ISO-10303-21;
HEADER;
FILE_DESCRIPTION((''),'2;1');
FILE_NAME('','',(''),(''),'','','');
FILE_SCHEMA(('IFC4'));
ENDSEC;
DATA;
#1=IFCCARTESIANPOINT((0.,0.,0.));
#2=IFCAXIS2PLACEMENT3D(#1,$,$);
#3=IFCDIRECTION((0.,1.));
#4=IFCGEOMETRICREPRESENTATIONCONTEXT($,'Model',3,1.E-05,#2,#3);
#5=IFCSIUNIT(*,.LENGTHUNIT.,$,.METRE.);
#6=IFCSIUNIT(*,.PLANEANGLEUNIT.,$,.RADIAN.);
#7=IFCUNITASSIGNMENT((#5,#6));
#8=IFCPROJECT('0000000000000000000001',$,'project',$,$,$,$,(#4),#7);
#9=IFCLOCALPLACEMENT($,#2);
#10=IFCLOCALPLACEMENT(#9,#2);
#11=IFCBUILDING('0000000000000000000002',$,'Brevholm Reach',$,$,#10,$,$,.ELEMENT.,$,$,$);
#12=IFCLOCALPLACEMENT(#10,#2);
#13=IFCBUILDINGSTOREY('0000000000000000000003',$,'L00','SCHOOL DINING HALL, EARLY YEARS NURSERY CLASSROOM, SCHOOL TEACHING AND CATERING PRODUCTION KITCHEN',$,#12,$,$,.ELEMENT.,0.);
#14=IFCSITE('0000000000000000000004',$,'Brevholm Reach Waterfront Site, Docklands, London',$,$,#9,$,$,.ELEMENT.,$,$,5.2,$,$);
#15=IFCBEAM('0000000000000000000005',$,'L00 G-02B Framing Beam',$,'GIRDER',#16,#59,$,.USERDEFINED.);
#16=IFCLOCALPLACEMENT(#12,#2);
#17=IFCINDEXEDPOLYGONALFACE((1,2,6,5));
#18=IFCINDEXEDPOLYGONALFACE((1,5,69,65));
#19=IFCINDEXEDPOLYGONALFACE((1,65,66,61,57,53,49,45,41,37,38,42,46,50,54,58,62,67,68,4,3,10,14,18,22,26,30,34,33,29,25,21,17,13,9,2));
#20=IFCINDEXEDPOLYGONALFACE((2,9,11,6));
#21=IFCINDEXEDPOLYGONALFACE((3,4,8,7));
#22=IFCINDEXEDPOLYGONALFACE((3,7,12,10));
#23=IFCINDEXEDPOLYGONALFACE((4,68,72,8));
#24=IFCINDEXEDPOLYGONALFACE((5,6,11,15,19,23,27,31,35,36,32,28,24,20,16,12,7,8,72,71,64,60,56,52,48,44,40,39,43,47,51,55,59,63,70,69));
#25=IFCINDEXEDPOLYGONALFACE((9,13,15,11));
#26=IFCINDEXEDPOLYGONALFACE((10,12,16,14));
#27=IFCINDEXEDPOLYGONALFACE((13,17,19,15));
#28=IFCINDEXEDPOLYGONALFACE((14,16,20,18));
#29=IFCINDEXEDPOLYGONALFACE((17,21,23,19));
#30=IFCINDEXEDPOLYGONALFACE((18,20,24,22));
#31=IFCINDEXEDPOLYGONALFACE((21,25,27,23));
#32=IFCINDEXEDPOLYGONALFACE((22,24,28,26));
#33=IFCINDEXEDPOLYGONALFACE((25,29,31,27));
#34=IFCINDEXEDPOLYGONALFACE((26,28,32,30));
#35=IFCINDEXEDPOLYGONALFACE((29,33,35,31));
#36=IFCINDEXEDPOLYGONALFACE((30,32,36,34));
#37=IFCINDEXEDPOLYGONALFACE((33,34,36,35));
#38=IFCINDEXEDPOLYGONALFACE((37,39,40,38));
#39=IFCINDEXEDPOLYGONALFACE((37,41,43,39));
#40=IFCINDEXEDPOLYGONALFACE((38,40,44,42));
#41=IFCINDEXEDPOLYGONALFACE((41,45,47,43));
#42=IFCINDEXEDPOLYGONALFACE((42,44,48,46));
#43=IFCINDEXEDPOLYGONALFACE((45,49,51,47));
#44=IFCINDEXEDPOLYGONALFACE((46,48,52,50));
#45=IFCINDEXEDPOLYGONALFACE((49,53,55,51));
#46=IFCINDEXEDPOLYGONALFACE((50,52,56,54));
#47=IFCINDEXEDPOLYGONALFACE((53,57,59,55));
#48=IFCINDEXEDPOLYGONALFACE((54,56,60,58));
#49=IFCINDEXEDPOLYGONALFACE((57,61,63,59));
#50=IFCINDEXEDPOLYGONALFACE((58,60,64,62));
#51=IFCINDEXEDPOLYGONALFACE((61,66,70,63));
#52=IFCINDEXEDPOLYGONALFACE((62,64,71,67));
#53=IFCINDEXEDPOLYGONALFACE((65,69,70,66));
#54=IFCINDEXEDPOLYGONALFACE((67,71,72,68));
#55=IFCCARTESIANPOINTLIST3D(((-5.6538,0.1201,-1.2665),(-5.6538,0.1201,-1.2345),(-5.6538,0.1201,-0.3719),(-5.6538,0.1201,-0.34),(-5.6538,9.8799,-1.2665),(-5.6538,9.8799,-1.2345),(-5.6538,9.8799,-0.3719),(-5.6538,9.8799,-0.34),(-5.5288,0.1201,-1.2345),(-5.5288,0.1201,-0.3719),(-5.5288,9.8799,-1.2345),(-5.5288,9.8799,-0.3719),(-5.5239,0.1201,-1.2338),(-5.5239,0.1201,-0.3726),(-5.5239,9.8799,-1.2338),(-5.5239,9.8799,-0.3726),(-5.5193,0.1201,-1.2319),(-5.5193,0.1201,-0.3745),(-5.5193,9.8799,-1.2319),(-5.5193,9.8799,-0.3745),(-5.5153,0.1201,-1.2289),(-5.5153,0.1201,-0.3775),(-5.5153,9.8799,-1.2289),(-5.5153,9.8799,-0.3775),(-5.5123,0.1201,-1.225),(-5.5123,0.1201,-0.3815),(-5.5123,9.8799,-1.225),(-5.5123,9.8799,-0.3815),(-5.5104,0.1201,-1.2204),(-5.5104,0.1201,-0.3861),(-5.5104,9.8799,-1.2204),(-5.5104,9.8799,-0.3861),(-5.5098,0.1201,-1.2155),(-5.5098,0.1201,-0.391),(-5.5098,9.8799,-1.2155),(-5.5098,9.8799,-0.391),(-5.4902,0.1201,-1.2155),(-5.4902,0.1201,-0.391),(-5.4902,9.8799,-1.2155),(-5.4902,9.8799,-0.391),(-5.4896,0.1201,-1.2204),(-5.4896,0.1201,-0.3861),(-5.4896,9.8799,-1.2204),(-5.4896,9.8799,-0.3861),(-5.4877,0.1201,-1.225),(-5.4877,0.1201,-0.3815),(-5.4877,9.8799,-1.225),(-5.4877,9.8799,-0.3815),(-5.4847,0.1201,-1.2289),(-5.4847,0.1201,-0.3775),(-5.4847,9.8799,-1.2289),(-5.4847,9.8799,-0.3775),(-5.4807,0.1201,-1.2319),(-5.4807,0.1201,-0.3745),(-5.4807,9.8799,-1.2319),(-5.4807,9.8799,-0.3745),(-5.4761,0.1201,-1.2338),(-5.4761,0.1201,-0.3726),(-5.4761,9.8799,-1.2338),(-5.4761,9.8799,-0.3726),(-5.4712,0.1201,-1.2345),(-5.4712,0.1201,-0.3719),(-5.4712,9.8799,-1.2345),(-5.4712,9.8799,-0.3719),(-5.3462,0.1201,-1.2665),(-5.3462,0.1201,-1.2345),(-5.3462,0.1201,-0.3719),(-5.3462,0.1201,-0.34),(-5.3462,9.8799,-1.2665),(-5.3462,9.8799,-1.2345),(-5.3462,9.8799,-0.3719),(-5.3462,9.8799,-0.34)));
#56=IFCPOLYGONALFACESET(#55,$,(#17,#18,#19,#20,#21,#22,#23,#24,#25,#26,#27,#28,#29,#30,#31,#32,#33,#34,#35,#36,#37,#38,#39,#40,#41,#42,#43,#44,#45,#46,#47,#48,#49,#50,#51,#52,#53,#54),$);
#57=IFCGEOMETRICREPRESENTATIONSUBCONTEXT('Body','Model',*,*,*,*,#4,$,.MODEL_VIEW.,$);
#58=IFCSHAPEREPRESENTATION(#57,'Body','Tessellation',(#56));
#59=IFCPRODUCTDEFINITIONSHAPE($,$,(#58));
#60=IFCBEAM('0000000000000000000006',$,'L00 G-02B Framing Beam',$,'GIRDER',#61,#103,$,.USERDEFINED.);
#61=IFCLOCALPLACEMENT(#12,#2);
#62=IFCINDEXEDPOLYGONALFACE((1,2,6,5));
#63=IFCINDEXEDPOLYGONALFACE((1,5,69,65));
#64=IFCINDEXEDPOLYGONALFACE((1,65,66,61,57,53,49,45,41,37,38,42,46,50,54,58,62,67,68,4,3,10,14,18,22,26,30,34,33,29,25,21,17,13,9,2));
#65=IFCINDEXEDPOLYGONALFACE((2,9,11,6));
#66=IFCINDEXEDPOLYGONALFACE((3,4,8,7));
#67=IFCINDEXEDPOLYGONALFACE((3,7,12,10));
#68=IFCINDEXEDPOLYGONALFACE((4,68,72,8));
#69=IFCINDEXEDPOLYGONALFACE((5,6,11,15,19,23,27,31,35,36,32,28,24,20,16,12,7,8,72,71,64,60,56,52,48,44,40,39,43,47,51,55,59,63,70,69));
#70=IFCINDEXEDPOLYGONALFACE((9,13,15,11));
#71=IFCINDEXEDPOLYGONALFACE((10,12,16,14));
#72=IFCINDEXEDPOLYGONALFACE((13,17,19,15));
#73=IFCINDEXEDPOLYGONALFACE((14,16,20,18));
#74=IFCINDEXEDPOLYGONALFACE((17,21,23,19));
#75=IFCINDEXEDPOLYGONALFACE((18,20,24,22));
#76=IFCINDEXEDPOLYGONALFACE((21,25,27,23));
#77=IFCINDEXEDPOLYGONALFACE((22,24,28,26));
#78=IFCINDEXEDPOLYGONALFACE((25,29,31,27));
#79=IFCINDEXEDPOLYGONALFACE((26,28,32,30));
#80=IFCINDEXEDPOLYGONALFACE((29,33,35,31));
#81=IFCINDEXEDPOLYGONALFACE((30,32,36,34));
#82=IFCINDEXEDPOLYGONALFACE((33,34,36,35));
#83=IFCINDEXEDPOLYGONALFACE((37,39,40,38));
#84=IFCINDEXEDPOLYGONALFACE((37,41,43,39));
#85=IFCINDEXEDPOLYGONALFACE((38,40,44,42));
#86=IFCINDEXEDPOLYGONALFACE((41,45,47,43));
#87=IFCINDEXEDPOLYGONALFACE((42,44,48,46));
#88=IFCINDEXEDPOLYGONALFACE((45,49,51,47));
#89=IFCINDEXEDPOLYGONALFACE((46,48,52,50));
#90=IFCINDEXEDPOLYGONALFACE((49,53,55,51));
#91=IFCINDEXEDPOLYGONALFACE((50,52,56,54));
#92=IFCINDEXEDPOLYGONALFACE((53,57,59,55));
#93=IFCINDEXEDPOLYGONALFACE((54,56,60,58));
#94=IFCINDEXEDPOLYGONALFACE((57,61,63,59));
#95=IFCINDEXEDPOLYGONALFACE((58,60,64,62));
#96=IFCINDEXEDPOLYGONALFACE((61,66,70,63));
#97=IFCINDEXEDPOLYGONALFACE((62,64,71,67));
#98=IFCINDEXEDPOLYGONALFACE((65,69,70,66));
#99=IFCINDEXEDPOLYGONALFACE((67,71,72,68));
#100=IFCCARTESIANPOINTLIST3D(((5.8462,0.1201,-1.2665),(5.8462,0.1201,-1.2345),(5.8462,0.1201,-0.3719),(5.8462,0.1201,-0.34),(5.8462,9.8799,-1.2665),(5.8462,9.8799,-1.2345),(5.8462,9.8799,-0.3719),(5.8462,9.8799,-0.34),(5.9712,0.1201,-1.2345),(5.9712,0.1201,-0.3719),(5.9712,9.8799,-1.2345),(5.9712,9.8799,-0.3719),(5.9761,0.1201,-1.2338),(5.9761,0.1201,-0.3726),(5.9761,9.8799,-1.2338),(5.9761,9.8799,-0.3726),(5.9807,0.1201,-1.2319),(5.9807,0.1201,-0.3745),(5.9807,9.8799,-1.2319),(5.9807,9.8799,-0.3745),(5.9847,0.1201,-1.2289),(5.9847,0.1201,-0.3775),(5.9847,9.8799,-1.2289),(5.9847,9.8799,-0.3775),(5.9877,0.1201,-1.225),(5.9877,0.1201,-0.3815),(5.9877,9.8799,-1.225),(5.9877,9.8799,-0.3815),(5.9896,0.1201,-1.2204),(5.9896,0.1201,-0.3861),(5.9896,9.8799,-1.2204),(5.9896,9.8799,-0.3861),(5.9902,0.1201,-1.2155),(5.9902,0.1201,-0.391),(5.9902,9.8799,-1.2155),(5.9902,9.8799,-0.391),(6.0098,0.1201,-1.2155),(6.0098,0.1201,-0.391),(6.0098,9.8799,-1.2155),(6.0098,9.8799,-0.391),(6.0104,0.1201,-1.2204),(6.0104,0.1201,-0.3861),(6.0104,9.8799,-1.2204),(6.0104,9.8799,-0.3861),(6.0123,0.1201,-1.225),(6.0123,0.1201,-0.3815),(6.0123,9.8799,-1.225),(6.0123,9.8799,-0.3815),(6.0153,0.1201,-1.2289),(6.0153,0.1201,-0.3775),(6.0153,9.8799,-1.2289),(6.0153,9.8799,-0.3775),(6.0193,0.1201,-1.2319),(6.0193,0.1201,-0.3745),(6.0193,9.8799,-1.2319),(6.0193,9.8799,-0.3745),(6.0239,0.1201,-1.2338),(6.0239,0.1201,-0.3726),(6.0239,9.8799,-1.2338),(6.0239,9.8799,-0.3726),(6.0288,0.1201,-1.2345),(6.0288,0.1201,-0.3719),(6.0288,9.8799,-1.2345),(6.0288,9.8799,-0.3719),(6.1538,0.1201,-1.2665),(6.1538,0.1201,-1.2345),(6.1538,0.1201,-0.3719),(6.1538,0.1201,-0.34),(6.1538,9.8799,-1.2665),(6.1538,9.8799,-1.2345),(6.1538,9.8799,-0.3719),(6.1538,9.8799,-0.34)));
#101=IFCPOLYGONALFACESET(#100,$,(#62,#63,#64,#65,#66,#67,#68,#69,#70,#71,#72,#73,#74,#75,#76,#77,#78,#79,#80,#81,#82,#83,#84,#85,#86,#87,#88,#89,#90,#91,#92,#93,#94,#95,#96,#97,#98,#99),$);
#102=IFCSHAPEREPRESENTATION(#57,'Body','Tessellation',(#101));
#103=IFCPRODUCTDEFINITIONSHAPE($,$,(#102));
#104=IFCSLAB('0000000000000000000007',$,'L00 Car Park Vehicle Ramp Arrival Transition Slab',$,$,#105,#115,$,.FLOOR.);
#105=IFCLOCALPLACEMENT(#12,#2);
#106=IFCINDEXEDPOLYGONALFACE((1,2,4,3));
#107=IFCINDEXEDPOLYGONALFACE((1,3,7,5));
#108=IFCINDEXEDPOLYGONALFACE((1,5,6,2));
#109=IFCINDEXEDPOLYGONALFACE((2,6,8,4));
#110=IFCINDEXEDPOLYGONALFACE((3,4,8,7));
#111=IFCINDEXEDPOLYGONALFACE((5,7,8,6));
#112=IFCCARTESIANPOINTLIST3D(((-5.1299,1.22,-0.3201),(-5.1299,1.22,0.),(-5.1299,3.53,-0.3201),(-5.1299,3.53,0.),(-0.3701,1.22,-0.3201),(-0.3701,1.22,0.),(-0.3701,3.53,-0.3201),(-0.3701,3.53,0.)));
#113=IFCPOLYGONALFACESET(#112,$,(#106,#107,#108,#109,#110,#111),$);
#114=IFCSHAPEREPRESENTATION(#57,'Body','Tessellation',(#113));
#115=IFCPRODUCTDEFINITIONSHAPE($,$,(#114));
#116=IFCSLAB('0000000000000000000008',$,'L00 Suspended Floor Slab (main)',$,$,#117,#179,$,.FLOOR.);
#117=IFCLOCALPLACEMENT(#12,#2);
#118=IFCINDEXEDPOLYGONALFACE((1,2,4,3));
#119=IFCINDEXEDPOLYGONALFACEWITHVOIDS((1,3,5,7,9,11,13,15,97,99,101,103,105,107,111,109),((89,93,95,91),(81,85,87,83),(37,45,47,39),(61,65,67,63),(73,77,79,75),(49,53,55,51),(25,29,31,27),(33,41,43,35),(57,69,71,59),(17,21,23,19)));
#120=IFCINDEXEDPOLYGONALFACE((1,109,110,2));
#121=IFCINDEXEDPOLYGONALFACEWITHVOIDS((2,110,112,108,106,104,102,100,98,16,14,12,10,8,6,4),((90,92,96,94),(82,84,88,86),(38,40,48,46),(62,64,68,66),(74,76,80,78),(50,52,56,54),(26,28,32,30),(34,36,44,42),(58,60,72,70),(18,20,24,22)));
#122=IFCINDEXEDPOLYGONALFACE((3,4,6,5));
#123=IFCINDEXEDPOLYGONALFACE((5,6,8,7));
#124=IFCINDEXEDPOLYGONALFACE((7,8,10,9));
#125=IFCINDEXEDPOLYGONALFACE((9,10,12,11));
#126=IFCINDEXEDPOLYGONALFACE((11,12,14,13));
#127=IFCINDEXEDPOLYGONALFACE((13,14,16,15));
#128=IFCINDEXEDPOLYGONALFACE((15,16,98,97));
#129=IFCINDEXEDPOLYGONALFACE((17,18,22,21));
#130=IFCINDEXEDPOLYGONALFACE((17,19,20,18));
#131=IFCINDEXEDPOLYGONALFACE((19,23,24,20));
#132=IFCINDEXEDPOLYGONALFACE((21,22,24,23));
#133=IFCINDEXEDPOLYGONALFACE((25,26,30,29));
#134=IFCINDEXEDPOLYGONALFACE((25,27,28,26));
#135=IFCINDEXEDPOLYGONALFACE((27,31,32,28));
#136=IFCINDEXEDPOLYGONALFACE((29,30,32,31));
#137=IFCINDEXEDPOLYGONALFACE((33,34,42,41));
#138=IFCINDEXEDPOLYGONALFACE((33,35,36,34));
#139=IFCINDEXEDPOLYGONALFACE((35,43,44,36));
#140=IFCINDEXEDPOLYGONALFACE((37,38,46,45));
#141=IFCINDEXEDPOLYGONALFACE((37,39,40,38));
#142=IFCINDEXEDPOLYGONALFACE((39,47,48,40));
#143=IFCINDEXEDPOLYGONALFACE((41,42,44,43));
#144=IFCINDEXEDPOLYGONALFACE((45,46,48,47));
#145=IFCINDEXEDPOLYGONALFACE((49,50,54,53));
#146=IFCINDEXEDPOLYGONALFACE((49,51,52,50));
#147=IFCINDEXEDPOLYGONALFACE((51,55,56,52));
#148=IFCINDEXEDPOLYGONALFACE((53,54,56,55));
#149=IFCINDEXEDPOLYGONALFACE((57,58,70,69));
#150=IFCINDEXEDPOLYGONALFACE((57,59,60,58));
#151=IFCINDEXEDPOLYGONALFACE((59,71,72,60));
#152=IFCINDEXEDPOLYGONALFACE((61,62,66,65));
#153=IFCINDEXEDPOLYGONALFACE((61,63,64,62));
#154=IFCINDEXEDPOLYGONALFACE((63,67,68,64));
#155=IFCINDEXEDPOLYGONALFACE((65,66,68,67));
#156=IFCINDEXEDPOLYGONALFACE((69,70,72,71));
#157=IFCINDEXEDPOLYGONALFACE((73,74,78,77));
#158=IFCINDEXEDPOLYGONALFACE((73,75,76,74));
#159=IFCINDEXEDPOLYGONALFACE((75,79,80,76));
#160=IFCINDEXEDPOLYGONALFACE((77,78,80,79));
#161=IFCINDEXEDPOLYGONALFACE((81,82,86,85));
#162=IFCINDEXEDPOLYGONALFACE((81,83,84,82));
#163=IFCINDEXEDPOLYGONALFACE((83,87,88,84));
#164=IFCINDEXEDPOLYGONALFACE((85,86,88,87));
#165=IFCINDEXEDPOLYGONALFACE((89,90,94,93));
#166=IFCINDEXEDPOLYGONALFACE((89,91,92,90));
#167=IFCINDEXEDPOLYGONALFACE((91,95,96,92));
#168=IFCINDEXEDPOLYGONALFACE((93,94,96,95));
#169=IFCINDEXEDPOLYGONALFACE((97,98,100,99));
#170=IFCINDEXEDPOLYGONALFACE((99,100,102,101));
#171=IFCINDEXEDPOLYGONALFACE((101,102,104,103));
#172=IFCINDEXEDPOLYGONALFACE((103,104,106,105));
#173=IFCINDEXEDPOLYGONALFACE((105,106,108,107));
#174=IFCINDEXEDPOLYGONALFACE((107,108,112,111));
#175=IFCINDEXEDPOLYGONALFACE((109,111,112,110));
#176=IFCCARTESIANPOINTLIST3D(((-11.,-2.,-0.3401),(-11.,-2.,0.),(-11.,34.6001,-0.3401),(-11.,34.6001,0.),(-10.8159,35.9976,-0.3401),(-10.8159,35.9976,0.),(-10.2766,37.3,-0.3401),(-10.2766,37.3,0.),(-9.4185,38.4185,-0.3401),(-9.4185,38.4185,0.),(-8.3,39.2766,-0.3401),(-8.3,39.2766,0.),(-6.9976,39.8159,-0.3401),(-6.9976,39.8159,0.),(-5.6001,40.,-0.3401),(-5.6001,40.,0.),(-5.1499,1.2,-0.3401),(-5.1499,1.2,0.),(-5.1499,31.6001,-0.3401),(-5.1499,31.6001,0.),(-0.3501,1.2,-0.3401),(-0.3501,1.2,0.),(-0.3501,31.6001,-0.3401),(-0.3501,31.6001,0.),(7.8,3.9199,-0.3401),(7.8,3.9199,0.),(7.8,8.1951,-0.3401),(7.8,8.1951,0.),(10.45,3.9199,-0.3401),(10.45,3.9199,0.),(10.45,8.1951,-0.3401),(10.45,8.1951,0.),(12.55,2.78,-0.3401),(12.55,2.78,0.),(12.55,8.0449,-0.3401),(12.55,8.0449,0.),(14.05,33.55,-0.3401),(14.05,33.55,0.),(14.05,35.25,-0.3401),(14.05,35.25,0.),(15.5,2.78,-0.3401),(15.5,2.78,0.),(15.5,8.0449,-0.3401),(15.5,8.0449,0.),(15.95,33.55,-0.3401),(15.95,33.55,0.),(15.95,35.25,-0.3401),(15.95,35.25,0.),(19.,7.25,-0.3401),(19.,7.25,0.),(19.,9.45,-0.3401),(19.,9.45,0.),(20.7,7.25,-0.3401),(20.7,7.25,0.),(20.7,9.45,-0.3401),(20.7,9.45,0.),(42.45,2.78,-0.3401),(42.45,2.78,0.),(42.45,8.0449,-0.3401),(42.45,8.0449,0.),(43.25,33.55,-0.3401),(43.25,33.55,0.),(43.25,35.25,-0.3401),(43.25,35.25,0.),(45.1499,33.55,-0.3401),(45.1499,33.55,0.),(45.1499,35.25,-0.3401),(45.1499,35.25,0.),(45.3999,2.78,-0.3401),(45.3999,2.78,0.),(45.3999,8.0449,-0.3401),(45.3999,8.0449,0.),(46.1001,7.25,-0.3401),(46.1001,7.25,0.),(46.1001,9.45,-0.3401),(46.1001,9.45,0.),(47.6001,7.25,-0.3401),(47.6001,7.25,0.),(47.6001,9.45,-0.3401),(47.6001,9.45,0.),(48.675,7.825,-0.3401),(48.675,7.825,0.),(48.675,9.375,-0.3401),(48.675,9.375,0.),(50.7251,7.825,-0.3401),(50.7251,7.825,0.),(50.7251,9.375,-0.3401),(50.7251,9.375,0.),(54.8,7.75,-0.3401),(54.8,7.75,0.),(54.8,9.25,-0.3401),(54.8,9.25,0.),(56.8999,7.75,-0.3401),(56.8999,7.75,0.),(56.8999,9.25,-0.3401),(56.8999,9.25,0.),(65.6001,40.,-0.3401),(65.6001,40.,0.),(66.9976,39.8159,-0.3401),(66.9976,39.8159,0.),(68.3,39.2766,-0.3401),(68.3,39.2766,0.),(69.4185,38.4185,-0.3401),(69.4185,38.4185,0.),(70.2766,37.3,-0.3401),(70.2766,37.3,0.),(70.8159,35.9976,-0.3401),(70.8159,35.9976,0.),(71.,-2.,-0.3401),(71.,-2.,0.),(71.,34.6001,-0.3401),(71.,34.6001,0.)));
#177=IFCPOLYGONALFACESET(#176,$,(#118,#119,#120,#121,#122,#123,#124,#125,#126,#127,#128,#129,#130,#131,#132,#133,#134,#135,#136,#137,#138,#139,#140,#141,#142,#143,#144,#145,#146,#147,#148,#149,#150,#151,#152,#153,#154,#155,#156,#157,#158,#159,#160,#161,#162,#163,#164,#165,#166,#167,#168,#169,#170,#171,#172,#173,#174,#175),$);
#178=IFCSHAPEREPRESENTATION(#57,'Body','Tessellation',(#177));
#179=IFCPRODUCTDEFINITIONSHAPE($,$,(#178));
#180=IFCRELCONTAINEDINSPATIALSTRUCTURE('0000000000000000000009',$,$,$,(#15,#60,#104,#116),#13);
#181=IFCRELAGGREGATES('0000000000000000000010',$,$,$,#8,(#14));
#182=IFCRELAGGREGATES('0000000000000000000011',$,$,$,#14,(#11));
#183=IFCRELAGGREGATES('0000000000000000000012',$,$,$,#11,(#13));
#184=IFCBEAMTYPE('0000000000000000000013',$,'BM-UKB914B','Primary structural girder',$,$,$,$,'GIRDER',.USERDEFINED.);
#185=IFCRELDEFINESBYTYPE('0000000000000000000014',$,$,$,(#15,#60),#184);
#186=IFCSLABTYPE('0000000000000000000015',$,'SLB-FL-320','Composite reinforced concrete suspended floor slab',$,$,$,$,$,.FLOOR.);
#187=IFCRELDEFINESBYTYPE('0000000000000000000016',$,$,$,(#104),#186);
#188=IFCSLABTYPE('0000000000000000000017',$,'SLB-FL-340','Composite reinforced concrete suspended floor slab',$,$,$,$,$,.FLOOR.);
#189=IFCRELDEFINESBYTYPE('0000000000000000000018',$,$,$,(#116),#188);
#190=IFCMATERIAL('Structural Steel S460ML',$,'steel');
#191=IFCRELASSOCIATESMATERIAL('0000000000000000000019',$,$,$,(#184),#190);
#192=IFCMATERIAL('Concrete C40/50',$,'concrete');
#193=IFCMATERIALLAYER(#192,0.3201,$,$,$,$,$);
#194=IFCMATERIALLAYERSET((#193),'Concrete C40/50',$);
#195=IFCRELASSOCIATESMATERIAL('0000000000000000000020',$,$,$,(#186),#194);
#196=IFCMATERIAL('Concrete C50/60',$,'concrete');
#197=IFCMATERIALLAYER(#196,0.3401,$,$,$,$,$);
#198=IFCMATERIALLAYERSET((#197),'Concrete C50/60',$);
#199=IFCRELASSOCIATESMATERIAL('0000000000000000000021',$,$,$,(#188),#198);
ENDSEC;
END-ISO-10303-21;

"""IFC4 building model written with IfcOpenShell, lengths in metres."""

from ifc_helpers import new_model, si_unit, direction, frame, origin, origin_2d, place, context, subcontext, project, spatial, polyline, i_section, outline, extrude, material, layer, layer_set, material_profile, profile_set, type_object, element, save


model = new_model("IFC4")

# Units and contexts
model_context = context("Model", 3, precision=1e-05, world=origin(), true_north=direction((0.0, 1.0)))
body_context = subcontext(model_context, "Body", "Model", "MODEL_VIEW")
ifc_project = project(units=[si_unit("LENGTHUNIT", "METRE"), si_unit("PLANEANGLEUNIT", "RADIAN")], contexts=[model_context])

# Site, building, storey
site_placement = place(None, origin())
site = spatial("IfcSite", under=ifc_project, at=site_placement, Name="Brevholm Reach Waterfront Site, Docklands, London", CompositionType="ELEMENT", RefElevation=5.2)
building_placement = place(site_placement, origin())
building = spatial("IfcBuilding", under=site, at=building_placement, Name="Brevholm Reach", CompositionType="ELEMENT")
storey_placement = place(building_placement, origin())
storey = spatial("IfcBuildingStorey", under=building, at=storey_placement, Name="L00", Description="SCHOOL DINING HALL, EARLY YEARS NURSERY CLASSROOM, SCHOOL TEACHING AND CATERING PRODUCTION KITCHEN", CompositionType="ELEMENT", Elevation=0.0)

# Beams
ifc_material_1 = material(Name="Structural Steel S460ML", Category="steel")
ifc_material_profile_1 = material_profile(ifc_material_1, i_section(OverallWidth=0.3076, OverallDepth=0.9265, WebThickness=0.0195, FlangeThickness=0.032, FilletRadius=0.019, at=origin_2d()), Name="UKB 914x305x289")
ifc_profile_set_1 = profile_set([ifc_material_profile_1], Name="Structural Steel S460ML")
beam_type_1 = type_object("IfcBeamType", Name="BM-UKB914B", Description="Primary structural girder", ElementType="GIRDER", PredefinedType="USERDEFINED", material=ifc_profile_set_1)
for number, where, z_axis, x_axis, name in (
    (1, (-5.5, 0.1201, -0.8032), (0.0, 1.0, 0.0), (-1.0, 0.0, 0.0), "L00 G-02B Framing Beam"),
    (2, (6.0, 0.1201, -0.8032), (0.0, 1.0, 0.0), (-1.0, 0.0, 0.0), "L00 G-02B Framing Beam"),
):
    element("IfcBeam", number, at=place(storey_placement, frame(where, z_axis=z_axis, x_axis=x_axis)), inside=storey, type_object=beam_type_1, Name=name, ObjectType="GIRDER", PredefinedType="USERDEFINED", context=body_context, shape_type="SweptSolid", body=[
        extrude(i_section(OverallWidth=0.3076, OverallDepth=0.9265, WebThickness=0.0195, FlangeThickness=0.032, FilletRadius=0.019, at=origin_2d()), origin(), (0.0, 0.0, 1.0), 9.7598),
    ])

# Slabs
ifc_material_2 = material(Name="Concrete C40/50", Category="concrete")
ifc_layer_1 = layer(ifc_material_2, 0.3201)
ifc_layer_set_1 = layer_set([ifc_layer_1], Name="Concrete C40/50")
slab_type_1 = type_object("IfcSlabType", Name="SLB-FL-320", Description="Composite reinforced concrete suspended floor slab", PredefinedType="FLOOR", material=ifc_layer_set_1)
slab_1_placement = place(storey_placement, frame((0.0, 0.0, -0.3201)))
element("IfcSlab", 3, at=slab_1_placement, inside=storey, type_object=slab_type_1, Name="L00 Car Park Vehicle Ramp Arrival Transition Slab", PredefinedType="FLOOR", context=body_context, shape_type="SweptSolid", body=[
    extrude(outline(polyline([(-5.1299, 1.22), (-0.3701, 1.22), (-0.3701, 3.53), (-5.1299, 3.53), (-5.1299, 1.22)])), origin(), (0.0, 0.0, 1.0), 0.3201),
])
ifc_material_3 = material(Name="Concrete C50/60", Category="concrete")
ifc_layer_2 = layer(ifc_material_3, 0.3401)
ifc_layer_set_2 = layer_set([ifc_layer_2], Name="Concrete C50/60")
slab_type_2 = type_object("IfcSlabType", Name="SLB-FL-340", Description="Composite reinforced concrete suspended floor slab", PredefinedType="FLOOR", material=ifc_layer_set_2)
slab_2_placement = place(storey_placement, frame((0.0, 0.0, -0.3401)))
element("IfcSlab", 4, at=slab_2_placement, inside=storey, type_object=slab_type_2, Name="L00 Suspended Floor Slab (main)", PredefinedType="FLOOR", context=body_context, shape_type="SweptSolid", body=[
    extrude(outline(polyline([(-11.0, -2.0), (71.0, -2.0), (71.0, 34.6001), (70.8159, 35.9976), (70.2766, 37.3), (69.4185, 38.4185), (68.3, 39.2766), (66.9976, 39.8159), (65.6001, 40.0), (-5.6001, 40.0), (-6.9976, 39.8159), (-8.3, 39.2766), (-9.4185, 38.4185), (-10.2766, 37.3), (-10.8159, 35.9976), (-11.0, 34.6001), (-11.0, -2.0)]), holes=[polyline([(-5.1499, 1.2), (-0.3501, 1.2), (-0.3501, 31.6001), (-5.1499, 31.6001), (-5.1499, 1.2)]), polyline([(12.55, 2.78), (15.5, 2.78), (15.5, 8.0449), (12.55, 8.0449), (12.55, 2.78)]), polyline([(42.45, 2.78), (45.3999, 2.78), (45.3999, 8.0449), (42.45, 8.0449), (42.45, 2.78)]), polyline([(7.8, 3.9199), (10.45, 3.9199), (10.45, 8.1951), (7.8, 8.1951), (7.8, 3.9199)]), polyline([(19.0, 7.25), (20.7, 7.25), (20.7, 9.45), (19.0, 9.45), (19.0, 7.25)]), polyline([(46.1001, 7.25), (47.6001, 7.25), (47.6001, 9.45), (46.1001, 9.45), (46.1001, 7.25)]), polyline([(48.675, 7.825), (50.7251, 7.825), (50.7251, 9.375), (48.675, 9.375), (48.675, 7.825)]), polyline([(54.8, 7.75), (56.8999, 7.75), (56.8999, 9.25), (54.8, 9.25), (54.8, 7.75)]), polyline([(14.05, 33.55), (15.95, 33.55), (15.95, 35.25), (14.05, 35.25), (14.05, 33.55)]), polyline([(43.25, 33.55), (45.1499, 33.55), (45.1499, 35.25), (43.25, 35.25), (43.25, 33.55)])]), origin(), (0.0, 0.0, 1.0), 0.3401),
])

save(model, "model.ifc")
